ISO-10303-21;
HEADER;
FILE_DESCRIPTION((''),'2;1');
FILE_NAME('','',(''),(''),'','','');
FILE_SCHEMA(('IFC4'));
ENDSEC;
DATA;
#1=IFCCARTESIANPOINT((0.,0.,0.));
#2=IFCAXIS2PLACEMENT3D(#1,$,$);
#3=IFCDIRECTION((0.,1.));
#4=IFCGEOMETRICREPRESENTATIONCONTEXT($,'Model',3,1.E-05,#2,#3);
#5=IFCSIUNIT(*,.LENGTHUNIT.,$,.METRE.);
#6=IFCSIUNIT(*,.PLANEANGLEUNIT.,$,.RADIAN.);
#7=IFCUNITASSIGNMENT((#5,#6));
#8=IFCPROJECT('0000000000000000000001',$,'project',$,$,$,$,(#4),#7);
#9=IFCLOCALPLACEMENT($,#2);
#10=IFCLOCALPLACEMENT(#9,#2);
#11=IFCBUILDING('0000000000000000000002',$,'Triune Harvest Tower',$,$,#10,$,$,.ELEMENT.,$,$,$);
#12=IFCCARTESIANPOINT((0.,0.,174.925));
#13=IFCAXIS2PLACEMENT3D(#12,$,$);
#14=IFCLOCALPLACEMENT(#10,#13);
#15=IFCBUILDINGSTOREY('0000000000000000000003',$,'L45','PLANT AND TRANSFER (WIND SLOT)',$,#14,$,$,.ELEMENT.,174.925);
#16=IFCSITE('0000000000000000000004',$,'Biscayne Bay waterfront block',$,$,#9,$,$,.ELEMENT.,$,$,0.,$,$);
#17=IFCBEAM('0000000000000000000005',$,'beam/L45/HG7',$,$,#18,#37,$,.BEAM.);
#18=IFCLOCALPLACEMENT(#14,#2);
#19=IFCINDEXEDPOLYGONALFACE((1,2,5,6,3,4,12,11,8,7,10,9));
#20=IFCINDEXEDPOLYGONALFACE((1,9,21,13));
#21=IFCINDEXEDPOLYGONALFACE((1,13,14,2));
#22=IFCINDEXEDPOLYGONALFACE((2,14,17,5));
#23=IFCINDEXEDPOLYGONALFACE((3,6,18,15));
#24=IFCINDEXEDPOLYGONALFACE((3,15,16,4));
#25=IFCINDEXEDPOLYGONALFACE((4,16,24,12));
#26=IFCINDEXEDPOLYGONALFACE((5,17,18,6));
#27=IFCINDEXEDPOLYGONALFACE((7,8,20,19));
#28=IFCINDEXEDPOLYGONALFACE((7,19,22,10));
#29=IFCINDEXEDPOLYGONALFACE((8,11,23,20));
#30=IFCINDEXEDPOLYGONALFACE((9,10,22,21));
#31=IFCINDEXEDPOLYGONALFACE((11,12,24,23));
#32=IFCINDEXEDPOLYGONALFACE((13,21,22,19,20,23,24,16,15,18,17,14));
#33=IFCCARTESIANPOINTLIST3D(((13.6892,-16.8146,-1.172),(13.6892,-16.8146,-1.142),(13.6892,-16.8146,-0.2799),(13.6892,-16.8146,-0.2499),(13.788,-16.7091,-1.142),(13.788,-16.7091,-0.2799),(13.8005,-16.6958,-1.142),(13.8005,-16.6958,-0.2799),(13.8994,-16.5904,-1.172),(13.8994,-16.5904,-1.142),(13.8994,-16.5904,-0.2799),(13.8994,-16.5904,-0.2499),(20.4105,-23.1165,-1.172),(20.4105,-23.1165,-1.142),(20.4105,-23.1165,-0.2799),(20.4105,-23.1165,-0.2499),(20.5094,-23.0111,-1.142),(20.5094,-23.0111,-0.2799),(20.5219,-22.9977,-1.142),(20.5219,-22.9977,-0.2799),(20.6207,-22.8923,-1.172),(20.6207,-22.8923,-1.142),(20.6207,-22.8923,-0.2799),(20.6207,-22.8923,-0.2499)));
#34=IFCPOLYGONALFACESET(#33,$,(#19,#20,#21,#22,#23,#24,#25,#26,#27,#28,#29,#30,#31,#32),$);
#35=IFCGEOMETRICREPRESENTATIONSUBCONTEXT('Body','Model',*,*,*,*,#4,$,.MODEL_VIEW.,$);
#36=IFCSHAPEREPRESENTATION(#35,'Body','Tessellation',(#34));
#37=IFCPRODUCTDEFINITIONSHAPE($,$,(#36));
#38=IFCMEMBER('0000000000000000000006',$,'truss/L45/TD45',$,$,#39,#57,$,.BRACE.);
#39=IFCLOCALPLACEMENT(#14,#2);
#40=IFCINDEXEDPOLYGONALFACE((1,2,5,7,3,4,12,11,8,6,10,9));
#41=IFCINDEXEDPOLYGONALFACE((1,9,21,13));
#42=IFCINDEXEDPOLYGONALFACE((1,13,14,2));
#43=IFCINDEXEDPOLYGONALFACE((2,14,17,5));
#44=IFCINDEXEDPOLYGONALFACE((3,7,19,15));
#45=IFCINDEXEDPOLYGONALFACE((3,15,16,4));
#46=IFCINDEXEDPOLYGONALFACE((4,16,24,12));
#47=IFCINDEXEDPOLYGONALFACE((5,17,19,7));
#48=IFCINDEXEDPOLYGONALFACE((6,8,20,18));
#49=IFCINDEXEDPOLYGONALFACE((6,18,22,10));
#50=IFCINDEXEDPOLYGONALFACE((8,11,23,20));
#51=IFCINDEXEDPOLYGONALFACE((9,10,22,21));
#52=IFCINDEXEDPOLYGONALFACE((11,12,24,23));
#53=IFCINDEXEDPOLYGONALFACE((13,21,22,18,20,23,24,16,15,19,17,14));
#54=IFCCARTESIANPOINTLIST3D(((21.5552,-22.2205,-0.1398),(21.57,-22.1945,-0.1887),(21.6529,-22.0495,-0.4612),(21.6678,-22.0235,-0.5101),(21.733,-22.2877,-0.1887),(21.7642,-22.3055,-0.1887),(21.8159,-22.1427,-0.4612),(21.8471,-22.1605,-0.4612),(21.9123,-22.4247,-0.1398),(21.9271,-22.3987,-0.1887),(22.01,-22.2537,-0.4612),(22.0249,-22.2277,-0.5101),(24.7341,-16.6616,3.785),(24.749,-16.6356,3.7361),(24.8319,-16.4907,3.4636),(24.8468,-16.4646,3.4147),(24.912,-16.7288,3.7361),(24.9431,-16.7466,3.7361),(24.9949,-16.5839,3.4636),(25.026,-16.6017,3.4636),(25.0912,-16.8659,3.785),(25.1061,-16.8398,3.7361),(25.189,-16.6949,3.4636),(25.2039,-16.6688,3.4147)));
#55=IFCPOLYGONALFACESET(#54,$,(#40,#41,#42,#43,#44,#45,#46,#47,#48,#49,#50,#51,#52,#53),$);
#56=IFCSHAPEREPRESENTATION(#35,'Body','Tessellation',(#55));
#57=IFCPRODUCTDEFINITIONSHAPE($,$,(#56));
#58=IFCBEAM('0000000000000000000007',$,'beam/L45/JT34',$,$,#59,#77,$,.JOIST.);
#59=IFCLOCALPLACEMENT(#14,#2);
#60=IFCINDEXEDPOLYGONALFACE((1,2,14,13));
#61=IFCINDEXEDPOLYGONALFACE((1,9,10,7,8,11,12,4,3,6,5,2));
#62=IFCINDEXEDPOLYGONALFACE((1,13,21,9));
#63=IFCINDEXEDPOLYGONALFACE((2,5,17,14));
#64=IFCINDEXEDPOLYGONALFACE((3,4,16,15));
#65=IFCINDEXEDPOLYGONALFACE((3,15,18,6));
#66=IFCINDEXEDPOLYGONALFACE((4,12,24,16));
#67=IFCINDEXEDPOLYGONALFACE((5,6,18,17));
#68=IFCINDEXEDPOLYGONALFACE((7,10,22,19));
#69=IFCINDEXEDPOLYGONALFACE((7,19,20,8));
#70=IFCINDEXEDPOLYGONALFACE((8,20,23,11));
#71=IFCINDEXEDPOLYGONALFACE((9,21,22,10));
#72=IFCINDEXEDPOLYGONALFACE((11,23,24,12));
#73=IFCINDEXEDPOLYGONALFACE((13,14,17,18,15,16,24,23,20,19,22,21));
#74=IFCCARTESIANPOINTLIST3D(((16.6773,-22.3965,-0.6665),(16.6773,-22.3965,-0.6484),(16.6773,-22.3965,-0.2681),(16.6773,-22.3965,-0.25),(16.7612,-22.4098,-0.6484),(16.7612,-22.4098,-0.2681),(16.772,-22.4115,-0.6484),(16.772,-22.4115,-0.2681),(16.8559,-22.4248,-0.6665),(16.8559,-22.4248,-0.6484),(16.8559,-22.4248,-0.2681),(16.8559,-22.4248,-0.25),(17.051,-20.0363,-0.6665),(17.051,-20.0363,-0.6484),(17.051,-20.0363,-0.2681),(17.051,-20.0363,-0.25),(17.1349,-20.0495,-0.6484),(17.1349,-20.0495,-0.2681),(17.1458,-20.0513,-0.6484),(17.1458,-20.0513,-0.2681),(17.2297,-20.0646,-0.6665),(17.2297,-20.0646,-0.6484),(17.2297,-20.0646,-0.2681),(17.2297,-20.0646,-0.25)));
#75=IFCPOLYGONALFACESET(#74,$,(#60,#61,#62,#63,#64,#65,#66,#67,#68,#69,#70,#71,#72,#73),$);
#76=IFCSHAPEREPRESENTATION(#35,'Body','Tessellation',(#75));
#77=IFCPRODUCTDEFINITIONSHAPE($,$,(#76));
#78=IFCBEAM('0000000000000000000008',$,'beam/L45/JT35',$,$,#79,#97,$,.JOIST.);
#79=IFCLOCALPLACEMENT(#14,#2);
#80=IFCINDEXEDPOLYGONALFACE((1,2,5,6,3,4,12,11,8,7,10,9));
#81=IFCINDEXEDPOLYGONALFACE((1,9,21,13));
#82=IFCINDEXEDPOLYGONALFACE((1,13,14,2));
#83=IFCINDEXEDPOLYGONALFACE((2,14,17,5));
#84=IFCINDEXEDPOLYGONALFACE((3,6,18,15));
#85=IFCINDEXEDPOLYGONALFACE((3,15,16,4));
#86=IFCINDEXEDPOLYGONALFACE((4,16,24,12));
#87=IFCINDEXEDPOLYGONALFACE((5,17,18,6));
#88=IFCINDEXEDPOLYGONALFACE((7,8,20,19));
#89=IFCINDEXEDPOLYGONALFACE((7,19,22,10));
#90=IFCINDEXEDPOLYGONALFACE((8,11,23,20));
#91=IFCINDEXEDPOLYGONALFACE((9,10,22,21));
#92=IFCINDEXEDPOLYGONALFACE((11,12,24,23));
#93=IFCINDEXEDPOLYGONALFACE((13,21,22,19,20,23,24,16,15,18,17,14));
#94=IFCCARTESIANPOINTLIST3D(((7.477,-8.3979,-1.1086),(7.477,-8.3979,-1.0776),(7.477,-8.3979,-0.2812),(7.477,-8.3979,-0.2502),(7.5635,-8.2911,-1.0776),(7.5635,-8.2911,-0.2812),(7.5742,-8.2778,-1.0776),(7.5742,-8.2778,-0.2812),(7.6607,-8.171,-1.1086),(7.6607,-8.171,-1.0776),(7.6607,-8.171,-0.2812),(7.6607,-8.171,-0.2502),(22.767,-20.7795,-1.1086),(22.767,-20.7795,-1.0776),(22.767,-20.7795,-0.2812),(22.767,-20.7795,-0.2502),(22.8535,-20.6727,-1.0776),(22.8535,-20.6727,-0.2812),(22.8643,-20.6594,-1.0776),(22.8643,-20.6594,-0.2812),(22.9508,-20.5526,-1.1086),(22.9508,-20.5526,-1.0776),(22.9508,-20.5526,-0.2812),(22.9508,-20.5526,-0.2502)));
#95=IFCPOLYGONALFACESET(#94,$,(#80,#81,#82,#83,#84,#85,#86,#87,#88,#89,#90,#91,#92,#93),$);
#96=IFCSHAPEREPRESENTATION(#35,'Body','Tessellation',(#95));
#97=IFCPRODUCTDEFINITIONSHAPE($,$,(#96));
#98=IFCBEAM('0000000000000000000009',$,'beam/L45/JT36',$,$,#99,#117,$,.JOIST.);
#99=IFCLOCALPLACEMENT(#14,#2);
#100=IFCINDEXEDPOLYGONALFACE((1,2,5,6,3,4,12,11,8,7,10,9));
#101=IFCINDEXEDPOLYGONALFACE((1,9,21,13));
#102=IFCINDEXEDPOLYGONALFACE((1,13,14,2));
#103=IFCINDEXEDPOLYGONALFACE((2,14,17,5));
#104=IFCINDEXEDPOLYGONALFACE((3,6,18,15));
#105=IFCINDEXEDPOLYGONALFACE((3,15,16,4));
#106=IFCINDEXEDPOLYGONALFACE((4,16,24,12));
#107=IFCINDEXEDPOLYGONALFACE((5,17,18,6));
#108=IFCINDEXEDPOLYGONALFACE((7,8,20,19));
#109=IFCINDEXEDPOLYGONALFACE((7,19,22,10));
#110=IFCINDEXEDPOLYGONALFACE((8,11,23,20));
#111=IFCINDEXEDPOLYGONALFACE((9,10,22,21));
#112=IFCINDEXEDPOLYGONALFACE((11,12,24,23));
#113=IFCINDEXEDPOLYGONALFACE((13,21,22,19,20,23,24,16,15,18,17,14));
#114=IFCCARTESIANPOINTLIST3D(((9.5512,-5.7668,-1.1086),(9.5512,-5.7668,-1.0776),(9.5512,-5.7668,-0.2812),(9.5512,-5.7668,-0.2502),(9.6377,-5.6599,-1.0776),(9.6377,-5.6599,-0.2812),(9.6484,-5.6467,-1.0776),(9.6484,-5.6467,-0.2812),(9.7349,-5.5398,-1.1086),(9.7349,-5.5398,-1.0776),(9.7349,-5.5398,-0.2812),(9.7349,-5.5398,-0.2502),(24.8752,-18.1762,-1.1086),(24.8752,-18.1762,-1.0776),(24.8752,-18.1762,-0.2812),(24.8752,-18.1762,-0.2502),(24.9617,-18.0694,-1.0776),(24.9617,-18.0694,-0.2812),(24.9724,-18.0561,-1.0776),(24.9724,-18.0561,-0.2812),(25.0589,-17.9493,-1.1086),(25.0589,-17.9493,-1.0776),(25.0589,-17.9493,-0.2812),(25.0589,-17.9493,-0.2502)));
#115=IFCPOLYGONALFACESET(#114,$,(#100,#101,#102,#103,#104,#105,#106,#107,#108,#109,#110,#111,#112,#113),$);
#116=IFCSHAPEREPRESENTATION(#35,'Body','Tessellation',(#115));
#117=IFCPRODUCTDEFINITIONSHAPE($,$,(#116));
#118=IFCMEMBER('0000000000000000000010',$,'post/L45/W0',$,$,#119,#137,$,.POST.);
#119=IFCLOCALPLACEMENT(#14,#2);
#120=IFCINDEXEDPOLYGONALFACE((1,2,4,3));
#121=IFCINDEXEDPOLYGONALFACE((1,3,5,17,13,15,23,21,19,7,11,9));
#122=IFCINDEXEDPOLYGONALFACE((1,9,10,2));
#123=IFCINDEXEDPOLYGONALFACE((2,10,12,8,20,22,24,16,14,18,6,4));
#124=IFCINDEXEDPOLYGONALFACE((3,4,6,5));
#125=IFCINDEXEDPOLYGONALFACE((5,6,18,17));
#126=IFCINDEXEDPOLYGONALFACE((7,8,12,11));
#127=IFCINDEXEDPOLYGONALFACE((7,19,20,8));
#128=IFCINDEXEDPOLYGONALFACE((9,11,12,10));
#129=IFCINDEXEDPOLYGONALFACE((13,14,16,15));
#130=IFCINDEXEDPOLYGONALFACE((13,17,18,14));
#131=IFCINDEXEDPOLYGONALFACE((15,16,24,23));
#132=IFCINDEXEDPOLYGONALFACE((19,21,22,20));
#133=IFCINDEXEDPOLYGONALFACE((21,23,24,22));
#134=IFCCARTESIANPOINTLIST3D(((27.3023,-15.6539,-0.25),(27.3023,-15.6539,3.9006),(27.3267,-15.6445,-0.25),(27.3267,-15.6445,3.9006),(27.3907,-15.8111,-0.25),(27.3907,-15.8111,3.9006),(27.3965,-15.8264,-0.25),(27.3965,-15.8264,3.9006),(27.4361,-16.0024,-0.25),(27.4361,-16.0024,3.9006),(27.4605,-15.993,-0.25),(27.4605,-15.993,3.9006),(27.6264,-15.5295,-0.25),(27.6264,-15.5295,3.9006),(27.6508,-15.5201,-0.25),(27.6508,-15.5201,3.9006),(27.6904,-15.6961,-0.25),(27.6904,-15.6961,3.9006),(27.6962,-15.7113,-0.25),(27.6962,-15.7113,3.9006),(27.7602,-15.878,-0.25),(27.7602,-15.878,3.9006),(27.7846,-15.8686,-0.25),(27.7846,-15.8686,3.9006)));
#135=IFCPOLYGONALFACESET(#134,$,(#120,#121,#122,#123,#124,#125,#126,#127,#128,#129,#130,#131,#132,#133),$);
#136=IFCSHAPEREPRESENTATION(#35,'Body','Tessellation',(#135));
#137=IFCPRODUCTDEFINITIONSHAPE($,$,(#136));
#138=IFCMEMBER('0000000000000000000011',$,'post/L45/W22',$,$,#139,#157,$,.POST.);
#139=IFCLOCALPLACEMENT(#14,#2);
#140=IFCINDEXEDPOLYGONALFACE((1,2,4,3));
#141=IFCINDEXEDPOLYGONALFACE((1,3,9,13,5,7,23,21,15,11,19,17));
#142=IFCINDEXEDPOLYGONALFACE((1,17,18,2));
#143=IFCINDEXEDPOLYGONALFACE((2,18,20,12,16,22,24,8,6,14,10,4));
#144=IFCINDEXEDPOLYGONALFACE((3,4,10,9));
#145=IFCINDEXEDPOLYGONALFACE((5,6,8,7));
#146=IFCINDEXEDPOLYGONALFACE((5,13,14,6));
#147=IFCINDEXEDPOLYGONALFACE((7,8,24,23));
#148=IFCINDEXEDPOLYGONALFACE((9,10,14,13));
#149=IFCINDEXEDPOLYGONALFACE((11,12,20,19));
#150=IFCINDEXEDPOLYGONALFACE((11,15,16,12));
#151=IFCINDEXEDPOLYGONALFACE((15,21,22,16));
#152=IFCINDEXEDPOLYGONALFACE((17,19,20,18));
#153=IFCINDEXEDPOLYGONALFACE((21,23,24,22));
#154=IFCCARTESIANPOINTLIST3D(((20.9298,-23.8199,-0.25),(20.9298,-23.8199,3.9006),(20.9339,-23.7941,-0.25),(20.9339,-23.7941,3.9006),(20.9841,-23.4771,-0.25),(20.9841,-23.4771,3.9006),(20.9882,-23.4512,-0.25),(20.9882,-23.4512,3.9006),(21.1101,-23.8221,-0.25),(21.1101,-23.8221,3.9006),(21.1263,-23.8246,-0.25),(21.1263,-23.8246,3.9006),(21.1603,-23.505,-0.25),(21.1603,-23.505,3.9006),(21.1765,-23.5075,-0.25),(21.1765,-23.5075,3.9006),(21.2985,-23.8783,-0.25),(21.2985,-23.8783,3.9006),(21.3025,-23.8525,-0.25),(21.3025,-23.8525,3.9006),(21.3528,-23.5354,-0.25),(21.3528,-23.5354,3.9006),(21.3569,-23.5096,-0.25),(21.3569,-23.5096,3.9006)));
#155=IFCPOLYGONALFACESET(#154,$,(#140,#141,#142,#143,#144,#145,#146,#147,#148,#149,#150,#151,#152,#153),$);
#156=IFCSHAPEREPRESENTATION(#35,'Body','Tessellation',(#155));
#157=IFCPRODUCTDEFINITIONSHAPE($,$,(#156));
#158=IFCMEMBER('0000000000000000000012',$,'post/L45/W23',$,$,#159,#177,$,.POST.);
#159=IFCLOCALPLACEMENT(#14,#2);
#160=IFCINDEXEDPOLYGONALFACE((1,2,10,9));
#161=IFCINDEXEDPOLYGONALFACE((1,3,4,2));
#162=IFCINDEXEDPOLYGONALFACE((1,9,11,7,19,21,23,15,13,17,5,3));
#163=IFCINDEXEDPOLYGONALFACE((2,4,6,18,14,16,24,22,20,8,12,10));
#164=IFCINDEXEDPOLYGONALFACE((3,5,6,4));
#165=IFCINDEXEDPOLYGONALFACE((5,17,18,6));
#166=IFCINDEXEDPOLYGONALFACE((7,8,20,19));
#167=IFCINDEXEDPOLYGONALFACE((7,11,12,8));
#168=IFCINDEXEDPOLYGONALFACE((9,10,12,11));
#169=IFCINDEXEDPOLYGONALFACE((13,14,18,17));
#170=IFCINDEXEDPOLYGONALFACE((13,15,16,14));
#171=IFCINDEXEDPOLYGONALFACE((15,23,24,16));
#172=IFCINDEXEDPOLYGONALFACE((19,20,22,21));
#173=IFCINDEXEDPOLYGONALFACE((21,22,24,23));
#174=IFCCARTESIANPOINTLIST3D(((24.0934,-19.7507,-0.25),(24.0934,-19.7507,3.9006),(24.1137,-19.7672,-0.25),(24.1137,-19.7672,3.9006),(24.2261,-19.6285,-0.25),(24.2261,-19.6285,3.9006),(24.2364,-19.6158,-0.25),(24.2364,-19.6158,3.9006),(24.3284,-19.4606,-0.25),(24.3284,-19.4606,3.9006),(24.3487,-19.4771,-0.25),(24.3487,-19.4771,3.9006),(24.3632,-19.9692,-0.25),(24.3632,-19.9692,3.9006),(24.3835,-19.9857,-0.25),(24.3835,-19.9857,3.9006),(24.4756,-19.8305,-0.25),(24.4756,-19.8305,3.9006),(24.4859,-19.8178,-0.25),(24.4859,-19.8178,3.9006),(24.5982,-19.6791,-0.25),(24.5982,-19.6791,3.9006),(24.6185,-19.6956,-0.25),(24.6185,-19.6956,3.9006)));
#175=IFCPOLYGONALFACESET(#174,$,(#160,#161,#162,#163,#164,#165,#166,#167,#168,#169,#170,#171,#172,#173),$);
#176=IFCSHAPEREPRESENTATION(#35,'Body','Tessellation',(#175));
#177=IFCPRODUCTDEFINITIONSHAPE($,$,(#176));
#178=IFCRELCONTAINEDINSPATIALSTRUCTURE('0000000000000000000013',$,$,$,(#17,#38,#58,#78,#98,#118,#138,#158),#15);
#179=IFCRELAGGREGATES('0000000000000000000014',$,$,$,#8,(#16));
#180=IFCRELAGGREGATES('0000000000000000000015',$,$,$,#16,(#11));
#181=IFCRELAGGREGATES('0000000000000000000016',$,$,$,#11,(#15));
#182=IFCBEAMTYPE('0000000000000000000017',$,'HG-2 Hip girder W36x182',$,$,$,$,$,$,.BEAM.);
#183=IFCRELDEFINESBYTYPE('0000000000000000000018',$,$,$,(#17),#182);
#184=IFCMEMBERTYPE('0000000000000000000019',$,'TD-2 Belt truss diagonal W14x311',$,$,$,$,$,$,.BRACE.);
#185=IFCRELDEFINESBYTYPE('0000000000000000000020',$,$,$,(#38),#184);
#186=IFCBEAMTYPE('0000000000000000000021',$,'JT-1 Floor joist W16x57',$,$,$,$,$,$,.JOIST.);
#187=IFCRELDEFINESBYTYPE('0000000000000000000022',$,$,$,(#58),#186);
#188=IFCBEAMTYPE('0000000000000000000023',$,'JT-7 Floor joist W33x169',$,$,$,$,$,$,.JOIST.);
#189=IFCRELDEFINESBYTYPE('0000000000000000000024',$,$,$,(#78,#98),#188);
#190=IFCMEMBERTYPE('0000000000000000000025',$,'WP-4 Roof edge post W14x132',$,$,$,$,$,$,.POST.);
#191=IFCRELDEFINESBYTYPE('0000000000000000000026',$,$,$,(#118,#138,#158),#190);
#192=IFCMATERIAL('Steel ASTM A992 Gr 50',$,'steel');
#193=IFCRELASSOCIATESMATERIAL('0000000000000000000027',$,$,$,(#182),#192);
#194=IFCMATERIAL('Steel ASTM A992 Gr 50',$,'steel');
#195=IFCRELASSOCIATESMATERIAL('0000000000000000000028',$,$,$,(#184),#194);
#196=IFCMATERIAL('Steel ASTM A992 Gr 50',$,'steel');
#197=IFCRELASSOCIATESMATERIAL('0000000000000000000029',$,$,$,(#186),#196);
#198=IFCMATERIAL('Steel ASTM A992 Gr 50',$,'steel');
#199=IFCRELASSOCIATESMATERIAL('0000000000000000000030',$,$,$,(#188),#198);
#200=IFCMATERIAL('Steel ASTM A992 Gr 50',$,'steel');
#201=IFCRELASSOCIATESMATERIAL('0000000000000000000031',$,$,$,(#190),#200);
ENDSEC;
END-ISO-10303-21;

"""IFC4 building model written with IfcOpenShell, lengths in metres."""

from ifc_helpers import new_model, si_unit, direction, frame, origin, origin_2d, place, context, subcontext, project, spatial, i_section, extrude, source, transform, mapped, material, material_profile, profile_set, type_object, element, save


model = new_model("IFC4")

# Units and contexts
model_context = context("Model", 3, precision=1e-05, world=origin(), true_north=direction((0.0, 1.0)))
body_context = subcontext(model_context, "Body", "Model", "MODEL_VIEW")
ifc_project = project(units=[si_unit("LENGTHUNIT", "METRE"), si_unit("PLANEANGLEUNIT", "RADIAN")], contexts=[model_context])

# Site, building, storey
site_placement = place(None, origin())
site = spatial("IfcSite", under=ifc_project, at=site_placement, Name="Biscayne Bay waterfront block", CompositionType="ELEMENT", RefElevation=0.0)
building_placement = place(site_placement, origin())
building = spatial("IfcBuilding", under=site, at=building_placement, Name="Triune Harvest Tower", CompositionType="ELEMENT")
storey_placement = place(building_placement, frame((0.0, 0.0, 174.925)))
storey = spatial("IfcBuildingStorey", under=building, at=storey_placement, Name="L45", Description="PLANT AND TRANSFER (WIND SLOT)", CompositionType="ELEMENT", Elevation=174.925)

# Beam
ifc_material_1 = material(Name="Steel ASTM A992 Gr 50", Category="steel")
ifc_material_profile_1 = material_profile(ifc_material_1, i_section(OverallWidth=0.3074, OverallDepth=0.9221, WebThickness=0.0183, FlangeThickness=0.03, at=origin_2d()), Name="W36x182")
ifc_profile_set_1 = profile_set([ifc_material_profile_1], Name="Steel ASTM A992 Gr 50")
beam_type_1 = type_object("IfcBeamType", Name="HG-2 Hip girder W36x182", PredefinedType="BEAM", material=ifc_profile_set_1)
beam_1_placement = place(storey_placement, frame((20.5156, -23.0044, -0.7109), z_axis=(-0.729502, 0.683979, 0.0), x_axis=(-0.683979, -0.729502, 0.0)))
element("IfcBeam", 1, at=beam_1_placement, inside=storey, type_object=beam_type_1, Name="beam/L45/HG7", PredefinedType="BEAM", context=body_context, shape_type="SweptSolid", body=[
    extrude(i_section(OverallWidth=0.3074, OverallDepth=0.9221, WebThickness=0.0183, FlangeThickness=0.03, at=origin_2d()), origin(), (0.0, 0.0, 1.0), 9.2136),
])

# Member
ifc_material_2 = material(Name="Steel ASTM A992 Gr 50", Category="steel")
ifc_material_profile_2 = material_profile(ifc_material_2, i_section(OverallWidth=0.4114, OverallDepth=0.4343, WebThickness=0.0359, FlangeThickness=0.0574, at=origin_2d()), Name="W14x311")
ifc_profile_set_2 = profile_set([ifc_material_profile_2], Name="Steel ASTM A992 Gr 50")
member_type_1 = type_object("IfcMemberType", Name="TD-2 Belt truss diagonal W14x311", PredefinedType="BRACE", material=ifc_profile_set_2)
member_1_placement = place(storey_placement, frame((21.79, -22.2241, -0.325), z_axis=(0.423257, 0.740123, 0.522562), x_axis=(-0.868077, 0.49643, 0.0)))
element("IfcMember", 2, at=member_1_placement, inside=storey, type_object=member_type_1, Name="truss/L45/TD45", PredefinedType="BRACE", context=body_context, shape_type="SweptSolid", body=[
    extrude(i_section(OverallWidth=0.4114, OverallDepth=0.4343, WebThickness=0.0359, FlangeThickness=0.0574, at=origin_2d()), origin(), (0.0, 0.0, 1.0), 7.5107),
])

# Beams
ifc_material_3 = material(Name="Steel ASTM A992 Gr 50", Category="steel")
ifc_material_profile_3 = material_profile(ifc_material_3, i_section(OverallWidth=0.1809, OverallDepth=0.4165, WebThickness=0.011, FlangeThickness=0.0181, at=origin_2d()), Name="W16x57")
ifc_profile_set_3 = profile_set([ifc_material_profile_3], Name="Steel ASTM A992 Gr 50")
beam_type_2 = type_object("IfcBeamType", Name="JT-1 Floor joist W16x57", PredefinedType="JOIST", material=ifc_profile_set_3)
shared_shape_1 = source(origin(), body_context, "Body", "SweptSolid", [
    extrude(i_section(OverallWidth=0.1809, OverallDepth=0.4165, WebThickness=0.011, FlangeThickness=0.0181, at=origin_2d()), origin(), (0.0, 0.0, 1.0), 2.3896),
])
beam_2_placement = place(storey_placement, frame((16.7666, -22.4106, -0.4583), z_axis=(0.156408, 0.987692, 0.0), x_axis=(-0.987692, 0.156408, 0.0)))
element("IfcBeam", 3, at=beam_2_placement, inside=storey, type_object=beam_type_2, Name="beam/L45/JT34", PredefinedType="JOIST", context=body_context, shape_type="MappedRepresentation", body=[
    mapped(shared_shape_1, transform((0.0, 0.0, 0.0), scale=1.0)),
])
ifc_material_4 = material(Name="Steel ASTM A992 Gr 50", Category="steel")
ifc_material_profile_4 = material_profile(ifc_material_4, i_section(OverallWidth=0.292, OverallDepth=0.8584, WebThickness=0.0171, FlangeThickness=0.031, at=origin_2d()), Name="W33x169")
ifc_profile_set_4 = profile_set([ifc_material_profile_4], Name="Steel ASTM A992 Gr 50")
beam_type_3 = type_object("IfcBeamType", Name="JT-7 Floor joist W33x169", PredefinedType="JOIST", material=ifc_profile_set_4)
shared_shape_2 = source(origin(), body_context, "Body", "SweptSolid", [
    extrude(i_section(OverallWidth=0.292, OverallDepth=0.8584, WebThickness=0.0171, FlangeThickness=0.031, at=origin_2d()), origin(), (0.0, 0.0, 1.0), 19.6746),
])
beam_3_placement = place(storey_placement, frame((22.8589, -20.666, -0.6794), z_axis=(-0.777147, 0.629319, 0.0), x_axis=(-0.629319, -0.777147, 0.0)))
element("IfcBeam", 4, at=beam_3_placement, inside=storey, type_object=beam_type_3, Name="beam/L45/JT35", PredefinedType="JOIST", context=body_context, shape_type="MappedRepresentation", body=[
    mapped(shared_shape_2, transform((0.0, 0.0, 0.0), scale=1.0)),
])
shared_shape_3 = source(origin(), body_context, "Body", "SweptSolid", [
    extrude(i_section(OverallWidth=0.292, OverallDepth=0.8584, WebThickness=0.0171, FlangeThickness=0.031, at=origin_2d()), origin(), (0.0, 0.0, 1.0), 19.7185),
])
beam_4_placement = place(storey_placement, frame((24.967, -18.0627, -0.6794), z_axis=(-0.777138, 0.62933, 0.0), x_axis=(-0.62933, -0.777138, 0.0)))
element("IfcBeam", 5, at=beam_4_placement, inside=storey, type_object=beam_type_3, Name="beam/L45/JT36", PredefinedType="JOIST", context=body_context, shape_type="MappedRepresentation", body=[
    mapped(shared_shape_3, transform((0.0, 0.0, 0.0), scale=1.0)),
])

# Members
ifc_material_5 = material(Name="Steel ASTM A992 Gr 50", Category="steel")
ifc_material_profile_5 = material_profile(ifc_material_5, i_section(OverallWidth=0.3733, OverallDepth=0.3733, WebThickness=0.0164, FlangeThickness=0.0261, at=origin_2d()), Name="W14x132")
ifc_profile_set_5 = profile_set([ifc_material_profile_5], Name="Steel ASTM A992 Gr 50")
member_type_2 = type_object("IfcMemberType", Name="WP-4 Roof edge post W14x132", PredefinedType="POST", material=ifc_profile_set_5)
shared_shape_4 = source(origin(), body_context, "Body", "SweptSolid", [
    extrude(i_section(OverallWidth=0.3733, OverallDepth=0.3733, WebThickness=0.0164, FlangeThickness=0.0261, at=origin_2d()), origin(), (0.0, 0.0, 1.0), 4.1506),
])
for number, where, z_axis, x_axis, name in (
    (6, (27.5435, -15.7612, -0.25), (0.0, 0.0, 1.0), (-0.358368, 0.93358, 0.0), "post/L45/W0"),
    (7, (21.1433, -23.6648, -0.25), (0.0, 0.0, 1.0), (0.987688, -0.156434, 0.0), "post/L45/W22"),
    (8, (24.356, -19.7231, -0.25), (0.0, 0.0, 1.0), (0.629322, 0.777145, 0.0), "post/L45/W23"),
):
    element("IfcMember", number, at=place(storey_placement, frame(where, z_axis=z_axis, x_axis=x_axis)), inside=storey, type_object=member_type_2, Name=name, PredefinedType="POST", context=body_context, shape_type="MappedRepresentation", body=[
        mapped(shared_shape_4, transform((0.0, 0.0, 0.0), scale=1.0)),
    ])

save(model, "model.ifc")
